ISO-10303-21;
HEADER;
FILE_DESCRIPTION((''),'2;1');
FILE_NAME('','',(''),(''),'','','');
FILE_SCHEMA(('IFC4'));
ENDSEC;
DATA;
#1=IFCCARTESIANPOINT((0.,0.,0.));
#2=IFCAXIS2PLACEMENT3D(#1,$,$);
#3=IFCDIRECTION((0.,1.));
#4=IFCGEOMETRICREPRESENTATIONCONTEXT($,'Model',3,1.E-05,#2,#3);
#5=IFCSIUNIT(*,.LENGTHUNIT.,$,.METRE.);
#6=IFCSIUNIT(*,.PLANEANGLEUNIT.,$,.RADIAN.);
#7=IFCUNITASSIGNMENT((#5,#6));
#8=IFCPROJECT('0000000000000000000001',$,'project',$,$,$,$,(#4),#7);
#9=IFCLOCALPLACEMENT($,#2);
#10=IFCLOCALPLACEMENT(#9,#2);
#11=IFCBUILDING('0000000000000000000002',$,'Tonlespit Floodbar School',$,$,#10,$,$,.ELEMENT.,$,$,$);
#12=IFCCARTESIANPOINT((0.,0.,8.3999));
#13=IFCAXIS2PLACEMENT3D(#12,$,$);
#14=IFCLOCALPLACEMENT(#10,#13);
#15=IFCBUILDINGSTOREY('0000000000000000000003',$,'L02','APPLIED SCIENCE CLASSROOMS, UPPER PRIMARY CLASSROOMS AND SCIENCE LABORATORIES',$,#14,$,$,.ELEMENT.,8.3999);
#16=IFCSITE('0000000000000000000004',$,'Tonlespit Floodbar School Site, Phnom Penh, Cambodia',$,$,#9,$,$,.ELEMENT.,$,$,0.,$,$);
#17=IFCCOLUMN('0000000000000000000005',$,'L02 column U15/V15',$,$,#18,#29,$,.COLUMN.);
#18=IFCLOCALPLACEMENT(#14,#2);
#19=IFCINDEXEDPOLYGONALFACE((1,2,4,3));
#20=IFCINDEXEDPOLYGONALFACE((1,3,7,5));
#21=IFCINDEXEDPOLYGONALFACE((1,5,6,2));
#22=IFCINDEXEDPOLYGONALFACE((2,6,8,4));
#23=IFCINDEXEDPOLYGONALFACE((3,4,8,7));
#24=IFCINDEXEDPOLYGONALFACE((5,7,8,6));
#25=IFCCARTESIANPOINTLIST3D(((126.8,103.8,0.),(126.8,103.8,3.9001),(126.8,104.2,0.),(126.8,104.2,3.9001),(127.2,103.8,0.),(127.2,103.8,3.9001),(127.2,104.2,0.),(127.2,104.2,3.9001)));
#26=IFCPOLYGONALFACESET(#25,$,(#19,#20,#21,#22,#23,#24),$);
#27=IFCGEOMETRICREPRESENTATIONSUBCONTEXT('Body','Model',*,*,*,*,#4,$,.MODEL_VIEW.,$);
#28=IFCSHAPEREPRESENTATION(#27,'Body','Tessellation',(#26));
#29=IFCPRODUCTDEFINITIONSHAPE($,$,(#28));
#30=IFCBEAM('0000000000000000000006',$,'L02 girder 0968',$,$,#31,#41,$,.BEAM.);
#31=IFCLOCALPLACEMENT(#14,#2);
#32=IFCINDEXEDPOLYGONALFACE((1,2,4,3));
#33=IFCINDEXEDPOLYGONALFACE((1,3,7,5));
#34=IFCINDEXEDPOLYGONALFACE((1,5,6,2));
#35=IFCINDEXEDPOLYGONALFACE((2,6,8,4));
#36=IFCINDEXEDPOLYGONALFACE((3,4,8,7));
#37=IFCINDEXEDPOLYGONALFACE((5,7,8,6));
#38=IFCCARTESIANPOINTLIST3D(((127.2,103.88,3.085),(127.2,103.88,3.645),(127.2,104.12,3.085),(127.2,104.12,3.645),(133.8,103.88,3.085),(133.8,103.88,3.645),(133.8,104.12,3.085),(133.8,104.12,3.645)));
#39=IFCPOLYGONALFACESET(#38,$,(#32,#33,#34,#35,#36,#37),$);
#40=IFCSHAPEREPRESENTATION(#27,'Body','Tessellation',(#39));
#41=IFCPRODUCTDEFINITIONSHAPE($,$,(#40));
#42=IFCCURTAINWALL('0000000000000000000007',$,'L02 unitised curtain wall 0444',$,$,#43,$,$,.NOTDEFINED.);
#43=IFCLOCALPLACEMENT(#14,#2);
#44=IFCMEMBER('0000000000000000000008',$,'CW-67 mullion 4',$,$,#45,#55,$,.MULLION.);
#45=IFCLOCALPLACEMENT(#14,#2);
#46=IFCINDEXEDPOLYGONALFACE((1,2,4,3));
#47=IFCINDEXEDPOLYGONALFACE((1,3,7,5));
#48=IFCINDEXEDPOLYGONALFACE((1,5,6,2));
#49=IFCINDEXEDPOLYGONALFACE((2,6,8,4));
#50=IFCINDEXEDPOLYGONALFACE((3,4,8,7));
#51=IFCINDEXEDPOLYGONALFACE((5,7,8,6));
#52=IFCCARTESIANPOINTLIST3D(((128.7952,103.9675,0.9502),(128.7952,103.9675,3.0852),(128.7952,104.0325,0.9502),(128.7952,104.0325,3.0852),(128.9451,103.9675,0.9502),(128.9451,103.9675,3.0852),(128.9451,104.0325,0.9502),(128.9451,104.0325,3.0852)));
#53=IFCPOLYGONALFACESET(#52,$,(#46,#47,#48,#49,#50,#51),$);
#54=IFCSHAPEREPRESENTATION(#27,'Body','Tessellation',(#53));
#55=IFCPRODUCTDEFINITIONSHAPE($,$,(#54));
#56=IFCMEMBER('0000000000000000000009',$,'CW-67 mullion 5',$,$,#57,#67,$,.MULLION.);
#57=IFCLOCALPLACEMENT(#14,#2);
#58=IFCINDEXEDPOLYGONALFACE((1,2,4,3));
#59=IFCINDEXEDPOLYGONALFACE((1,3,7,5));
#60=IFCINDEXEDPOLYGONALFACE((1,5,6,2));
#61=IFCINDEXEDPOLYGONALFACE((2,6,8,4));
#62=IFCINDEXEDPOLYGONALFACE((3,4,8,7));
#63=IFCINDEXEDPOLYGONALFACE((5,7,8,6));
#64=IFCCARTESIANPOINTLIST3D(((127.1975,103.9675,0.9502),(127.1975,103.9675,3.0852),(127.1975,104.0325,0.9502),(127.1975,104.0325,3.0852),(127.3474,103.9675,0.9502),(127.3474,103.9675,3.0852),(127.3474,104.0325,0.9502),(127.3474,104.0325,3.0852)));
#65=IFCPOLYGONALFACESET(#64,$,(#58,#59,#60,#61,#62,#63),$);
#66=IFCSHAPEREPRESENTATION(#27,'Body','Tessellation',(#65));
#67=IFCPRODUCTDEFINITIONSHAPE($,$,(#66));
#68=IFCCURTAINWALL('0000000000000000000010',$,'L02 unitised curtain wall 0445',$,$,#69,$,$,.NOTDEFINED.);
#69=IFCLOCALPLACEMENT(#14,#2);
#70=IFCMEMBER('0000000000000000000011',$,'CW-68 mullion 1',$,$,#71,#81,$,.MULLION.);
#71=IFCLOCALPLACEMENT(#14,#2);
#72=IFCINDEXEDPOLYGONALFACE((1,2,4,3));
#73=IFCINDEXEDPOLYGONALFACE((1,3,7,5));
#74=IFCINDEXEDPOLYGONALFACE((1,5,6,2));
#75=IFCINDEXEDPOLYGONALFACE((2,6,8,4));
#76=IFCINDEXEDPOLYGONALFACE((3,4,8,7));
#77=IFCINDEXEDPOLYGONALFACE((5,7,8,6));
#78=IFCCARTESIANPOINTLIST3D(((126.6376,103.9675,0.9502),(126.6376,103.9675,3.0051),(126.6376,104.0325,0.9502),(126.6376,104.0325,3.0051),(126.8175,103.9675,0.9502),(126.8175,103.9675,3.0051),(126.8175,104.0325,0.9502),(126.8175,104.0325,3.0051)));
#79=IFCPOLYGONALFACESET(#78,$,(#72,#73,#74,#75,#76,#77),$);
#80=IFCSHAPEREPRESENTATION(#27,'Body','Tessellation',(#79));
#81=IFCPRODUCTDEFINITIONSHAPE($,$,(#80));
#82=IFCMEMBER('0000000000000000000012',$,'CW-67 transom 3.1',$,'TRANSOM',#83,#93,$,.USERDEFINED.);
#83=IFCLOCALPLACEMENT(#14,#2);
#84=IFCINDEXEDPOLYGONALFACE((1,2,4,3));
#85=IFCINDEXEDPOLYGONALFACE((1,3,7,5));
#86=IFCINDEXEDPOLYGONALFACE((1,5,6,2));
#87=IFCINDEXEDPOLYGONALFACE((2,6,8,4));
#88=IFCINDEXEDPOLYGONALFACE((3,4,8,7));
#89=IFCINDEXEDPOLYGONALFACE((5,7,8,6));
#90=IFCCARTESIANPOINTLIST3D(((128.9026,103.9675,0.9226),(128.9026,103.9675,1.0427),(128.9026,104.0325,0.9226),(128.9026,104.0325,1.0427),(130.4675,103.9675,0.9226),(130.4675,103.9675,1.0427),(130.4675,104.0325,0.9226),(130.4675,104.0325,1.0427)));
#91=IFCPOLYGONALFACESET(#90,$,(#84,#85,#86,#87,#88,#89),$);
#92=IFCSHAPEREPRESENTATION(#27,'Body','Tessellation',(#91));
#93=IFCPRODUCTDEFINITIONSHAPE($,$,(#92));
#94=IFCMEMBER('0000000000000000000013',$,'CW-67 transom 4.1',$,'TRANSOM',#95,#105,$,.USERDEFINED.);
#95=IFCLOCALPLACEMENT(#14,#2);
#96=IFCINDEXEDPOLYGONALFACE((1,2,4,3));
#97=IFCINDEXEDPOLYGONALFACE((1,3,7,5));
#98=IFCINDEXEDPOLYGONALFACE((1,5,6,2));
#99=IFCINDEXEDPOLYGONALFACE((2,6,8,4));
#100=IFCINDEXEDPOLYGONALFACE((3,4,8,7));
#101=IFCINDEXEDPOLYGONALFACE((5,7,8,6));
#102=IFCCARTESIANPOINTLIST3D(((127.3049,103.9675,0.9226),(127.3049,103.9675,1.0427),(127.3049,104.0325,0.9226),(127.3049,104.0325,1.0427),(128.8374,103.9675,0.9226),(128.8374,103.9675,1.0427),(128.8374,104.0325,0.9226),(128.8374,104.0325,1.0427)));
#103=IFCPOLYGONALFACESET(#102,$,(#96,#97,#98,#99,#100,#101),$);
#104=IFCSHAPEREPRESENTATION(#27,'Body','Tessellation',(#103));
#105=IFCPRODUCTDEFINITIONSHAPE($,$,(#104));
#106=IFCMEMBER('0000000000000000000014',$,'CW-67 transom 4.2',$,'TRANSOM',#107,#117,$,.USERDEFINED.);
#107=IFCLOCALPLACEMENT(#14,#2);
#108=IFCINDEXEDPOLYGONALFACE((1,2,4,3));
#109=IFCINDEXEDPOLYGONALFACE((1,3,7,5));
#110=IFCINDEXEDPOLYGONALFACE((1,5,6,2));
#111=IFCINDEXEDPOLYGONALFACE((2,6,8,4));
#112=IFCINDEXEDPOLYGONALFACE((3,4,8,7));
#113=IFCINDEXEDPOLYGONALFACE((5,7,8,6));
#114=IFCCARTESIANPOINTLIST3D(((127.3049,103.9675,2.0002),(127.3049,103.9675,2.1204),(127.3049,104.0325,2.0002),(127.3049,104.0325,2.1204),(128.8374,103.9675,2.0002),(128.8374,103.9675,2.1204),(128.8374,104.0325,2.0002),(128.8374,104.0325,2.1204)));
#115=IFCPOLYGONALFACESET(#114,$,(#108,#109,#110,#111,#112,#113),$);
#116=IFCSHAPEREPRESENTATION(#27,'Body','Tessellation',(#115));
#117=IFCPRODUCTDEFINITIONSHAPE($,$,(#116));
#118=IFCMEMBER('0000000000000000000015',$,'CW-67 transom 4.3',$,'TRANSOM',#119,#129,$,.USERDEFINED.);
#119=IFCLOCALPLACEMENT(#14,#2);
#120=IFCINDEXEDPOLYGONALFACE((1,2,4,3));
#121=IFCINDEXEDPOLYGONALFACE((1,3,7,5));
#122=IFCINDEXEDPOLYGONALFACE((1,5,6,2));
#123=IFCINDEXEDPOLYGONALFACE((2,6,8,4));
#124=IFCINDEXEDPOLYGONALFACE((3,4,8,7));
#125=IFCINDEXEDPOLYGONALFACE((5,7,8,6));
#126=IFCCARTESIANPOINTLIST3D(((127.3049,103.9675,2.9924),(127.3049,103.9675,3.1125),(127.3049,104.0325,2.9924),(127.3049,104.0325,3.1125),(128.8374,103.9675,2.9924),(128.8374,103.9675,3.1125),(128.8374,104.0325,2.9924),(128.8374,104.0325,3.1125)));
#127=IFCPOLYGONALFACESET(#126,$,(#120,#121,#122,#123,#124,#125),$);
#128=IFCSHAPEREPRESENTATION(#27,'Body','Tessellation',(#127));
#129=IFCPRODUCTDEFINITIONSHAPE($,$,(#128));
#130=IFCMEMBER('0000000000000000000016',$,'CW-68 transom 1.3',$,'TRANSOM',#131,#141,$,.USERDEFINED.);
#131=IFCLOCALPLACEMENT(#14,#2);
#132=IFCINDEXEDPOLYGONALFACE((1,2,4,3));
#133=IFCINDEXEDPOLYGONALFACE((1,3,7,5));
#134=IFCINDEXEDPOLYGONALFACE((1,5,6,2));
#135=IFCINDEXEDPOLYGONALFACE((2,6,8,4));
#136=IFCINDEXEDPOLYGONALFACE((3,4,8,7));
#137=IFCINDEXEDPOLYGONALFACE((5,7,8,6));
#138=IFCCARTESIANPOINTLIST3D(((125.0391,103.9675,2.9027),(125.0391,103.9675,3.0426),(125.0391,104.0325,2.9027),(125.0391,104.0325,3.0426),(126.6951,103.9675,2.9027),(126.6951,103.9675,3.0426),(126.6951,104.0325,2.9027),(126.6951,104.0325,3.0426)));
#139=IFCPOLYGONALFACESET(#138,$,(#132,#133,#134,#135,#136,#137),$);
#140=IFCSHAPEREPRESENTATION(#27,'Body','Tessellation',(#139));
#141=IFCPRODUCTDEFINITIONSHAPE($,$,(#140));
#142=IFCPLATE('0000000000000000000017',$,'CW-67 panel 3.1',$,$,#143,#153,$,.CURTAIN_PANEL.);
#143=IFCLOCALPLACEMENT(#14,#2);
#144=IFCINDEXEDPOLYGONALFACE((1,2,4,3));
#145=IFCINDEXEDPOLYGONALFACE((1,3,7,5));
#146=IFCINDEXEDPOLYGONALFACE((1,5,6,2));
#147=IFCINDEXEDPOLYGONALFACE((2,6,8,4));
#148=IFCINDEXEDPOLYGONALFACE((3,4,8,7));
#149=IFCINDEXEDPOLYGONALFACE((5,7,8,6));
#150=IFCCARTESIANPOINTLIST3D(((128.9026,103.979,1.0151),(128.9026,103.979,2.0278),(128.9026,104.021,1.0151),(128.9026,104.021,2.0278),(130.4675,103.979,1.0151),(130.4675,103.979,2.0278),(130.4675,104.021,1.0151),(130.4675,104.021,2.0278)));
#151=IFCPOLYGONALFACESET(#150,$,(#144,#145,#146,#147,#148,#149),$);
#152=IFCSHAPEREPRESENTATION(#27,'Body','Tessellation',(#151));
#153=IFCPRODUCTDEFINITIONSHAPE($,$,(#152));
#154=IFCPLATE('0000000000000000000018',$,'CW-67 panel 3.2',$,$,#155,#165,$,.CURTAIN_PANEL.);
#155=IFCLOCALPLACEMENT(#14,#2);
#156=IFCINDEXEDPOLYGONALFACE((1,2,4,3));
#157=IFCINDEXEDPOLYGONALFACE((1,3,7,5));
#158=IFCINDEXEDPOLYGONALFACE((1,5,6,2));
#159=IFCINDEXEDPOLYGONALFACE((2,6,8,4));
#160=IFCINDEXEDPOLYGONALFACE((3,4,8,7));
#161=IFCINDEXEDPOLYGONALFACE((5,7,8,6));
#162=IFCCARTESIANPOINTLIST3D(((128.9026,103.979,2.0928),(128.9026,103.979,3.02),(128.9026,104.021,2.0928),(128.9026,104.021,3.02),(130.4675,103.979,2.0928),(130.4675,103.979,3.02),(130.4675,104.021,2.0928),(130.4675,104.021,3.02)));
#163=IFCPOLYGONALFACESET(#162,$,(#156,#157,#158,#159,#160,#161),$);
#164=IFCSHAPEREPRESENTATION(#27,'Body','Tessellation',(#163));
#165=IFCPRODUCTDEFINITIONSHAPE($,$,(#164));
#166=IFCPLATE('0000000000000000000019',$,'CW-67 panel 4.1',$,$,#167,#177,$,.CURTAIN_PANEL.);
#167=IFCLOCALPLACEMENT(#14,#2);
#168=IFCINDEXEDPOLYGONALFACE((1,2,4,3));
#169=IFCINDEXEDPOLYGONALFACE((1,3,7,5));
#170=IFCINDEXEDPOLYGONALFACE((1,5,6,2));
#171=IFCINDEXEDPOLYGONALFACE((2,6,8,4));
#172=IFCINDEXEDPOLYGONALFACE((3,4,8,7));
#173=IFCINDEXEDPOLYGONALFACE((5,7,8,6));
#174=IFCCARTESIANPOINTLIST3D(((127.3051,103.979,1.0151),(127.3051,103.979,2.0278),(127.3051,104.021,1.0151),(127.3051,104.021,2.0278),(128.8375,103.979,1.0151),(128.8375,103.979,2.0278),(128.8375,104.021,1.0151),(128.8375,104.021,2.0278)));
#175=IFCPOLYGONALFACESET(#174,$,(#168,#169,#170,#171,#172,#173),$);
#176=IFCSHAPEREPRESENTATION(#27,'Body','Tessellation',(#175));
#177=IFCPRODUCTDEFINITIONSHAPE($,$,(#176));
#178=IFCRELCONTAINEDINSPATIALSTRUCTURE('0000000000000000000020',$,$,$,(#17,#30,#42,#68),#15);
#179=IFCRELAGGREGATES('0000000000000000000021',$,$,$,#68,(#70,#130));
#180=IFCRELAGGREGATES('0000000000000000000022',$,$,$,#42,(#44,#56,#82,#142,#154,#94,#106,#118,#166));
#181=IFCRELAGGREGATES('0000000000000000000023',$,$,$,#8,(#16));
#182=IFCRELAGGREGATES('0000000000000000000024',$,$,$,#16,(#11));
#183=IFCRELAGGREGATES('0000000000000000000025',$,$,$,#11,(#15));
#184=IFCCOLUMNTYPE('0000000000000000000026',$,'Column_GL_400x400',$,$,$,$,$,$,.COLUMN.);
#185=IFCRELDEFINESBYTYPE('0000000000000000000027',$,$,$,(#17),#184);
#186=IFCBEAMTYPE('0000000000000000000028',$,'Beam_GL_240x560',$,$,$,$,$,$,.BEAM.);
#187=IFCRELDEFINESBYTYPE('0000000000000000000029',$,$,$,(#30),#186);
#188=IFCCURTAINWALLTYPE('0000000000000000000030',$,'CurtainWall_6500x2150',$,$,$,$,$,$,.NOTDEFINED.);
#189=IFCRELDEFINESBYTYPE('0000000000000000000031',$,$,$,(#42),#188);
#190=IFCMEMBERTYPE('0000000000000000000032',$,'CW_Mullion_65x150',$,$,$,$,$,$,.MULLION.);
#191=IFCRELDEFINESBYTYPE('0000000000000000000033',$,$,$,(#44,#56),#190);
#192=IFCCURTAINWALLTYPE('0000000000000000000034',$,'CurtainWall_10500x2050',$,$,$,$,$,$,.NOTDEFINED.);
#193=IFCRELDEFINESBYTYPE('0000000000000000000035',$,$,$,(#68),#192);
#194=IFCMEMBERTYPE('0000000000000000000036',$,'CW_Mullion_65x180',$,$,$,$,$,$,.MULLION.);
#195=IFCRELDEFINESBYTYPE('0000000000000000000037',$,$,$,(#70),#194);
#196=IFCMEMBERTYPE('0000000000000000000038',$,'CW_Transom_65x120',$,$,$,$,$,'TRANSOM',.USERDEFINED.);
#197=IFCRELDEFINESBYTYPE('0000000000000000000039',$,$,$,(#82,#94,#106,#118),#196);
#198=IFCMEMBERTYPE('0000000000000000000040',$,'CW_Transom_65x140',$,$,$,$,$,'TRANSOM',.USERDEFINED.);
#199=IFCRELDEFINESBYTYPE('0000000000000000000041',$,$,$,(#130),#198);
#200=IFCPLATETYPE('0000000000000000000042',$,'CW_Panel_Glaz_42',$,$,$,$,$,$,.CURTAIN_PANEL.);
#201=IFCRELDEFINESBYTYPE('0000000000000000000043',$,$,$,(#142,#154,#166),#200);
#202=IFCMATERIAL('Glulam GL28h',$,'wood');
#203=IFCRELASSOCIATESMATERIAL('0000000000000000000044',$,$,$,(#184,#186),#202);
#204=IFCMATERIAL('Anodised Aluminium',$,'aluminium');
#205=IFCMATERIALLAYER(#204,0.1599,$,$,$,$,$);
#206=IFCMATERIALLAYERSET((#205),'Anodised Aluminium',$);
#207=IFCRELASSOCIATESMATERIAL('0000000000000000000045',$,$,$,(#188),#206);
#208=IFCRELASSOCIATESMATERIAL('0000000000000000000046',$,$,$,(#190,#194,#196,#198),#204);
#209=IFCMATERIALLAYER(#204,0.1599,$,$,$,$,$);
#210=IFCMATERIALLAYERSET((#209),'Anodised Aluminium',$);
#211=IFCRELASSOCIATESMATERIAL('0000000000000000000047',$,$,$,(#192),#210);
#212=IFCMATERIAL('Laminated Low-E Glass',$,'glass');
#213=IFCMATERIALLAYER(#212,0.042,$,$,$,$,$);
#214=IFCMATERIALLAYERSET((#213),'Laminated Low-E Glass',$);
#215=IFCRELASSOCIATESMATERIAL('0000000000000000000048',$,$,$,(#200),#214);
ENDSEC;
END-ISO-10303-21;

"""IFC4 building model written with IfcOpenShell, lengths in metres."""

from ifc_helpers import new_model, si_unit, direction, frame, origin, origin_2d, place, context, subcontext, project, spatial, rectangle, extrude, material, layer, layer_set, material_profile, profile_set, type_object, element, aggregate, save


model = new_model("IFC4")

# Units and contexts
model_context = context("Model", 3, precision=1e-05, world=origin(), true_north=direction((0.0, 1.0)))
body_context = subcontext(model_context, "Body", "Model", "MODEL_VIEW")
ifc_project = project(units=[si_unit("LENGTHUNIT", "METRE"), si_unit("PLANEANGLEUNIT", "RADIAN")], contexts=[model_context])

# Site, building, storey
site_placement = place(None, origin())
site = spatial("IfcSite", under=ifc_project, at=site_placement, Name="Tonlespit Floodbar School Site, Phnom Penh, Cambodia", CompositionType="ELEMENT", RefElevation=0.0)
building_placement = place(site_placement, origin())
building = spatial("IfcBuilding", under=site, at=building_placement, Name="Tonlespit Floodbar School", CompositionType="ELEMENT")
storey_placement = place(building_placement, frame((0.0, 0.0, 8.3999)))
storey = spatial("IfcBuildingStorey", under=building, at=storey_placement, Name="L02", Description="APPLIED SCIENCE CLASSROOMS, UPPER PRIMARY CLASSROOMS AND SCIENCE LABORATORIES", CompositionType="ELEMENT", Elevation=8.3999)

# Column
ifc_material_1 = material(Name="Glulam GL28h", Category="wood")
ifc_material_profile_1 = material_profile(ifc_material_1, rectangle(XDim=0.3999, YDim=0.3999, at=origin_2d()), Name="GL 400x400")
ifc_profile_set_1 = profile_set([ifc_material_profile_1], Name="Glulam GL28h")
column_type = type_object("IfcColumnType", Name="Column_GL_400x400", PredefinedType="COLUMN", material=ifc_profile_set_1)
column_placement = place(storey_placement, frame((127.0, 104.0, 0.0), z_axis=(0.0, 0.0, 1.0), x_axis=(1.0, 0.0, 0.0)))
element("IfcColumn", 1, at=column_placement, inside=storey, type_object=column_type, Name="L02 column U15/V15", PredefinedType="COLUMN", context=body_context, shape_type="SweptSolid", body=[
    extrude(rectangle(XDim=0.3999, YDim=0.3999, at=origin_2d()), origin(), (0.0, 0.0, 1.0), 3.9001),
])

# Beam
ifc_material_profile_2 = material_profile(ifc_material_1, rectangle(XDim=0.24, YDim=0.5601, at=origin_2d()), Name="GL 240x560")
ifc_profile_set_2 = profile_set([ifc_material_profile_2], Name="Glulam GL28h")
beam_type = type_object("IfcBeamType", Name="Beam_GL_240x560", PredefinedType="BEAM", material=ifc_profile_set_2)
beam_placement = place(storey_placement, frame((127.2, 104.0, 3.365), z_axis=(1.0, 0.0, 0.0), x_axis=(0.0, 1.0, 0.0)))
element("IfcBeam", 2, at=beam_placement, inside=storey, type_object=beam_type, Name="L02 girder 0968", PredefinedType="BEAM", context=body_context, shape_type="SweptSolid", body=[
    extrude(rectangle(XDim=0.24, YDim=0.5601, at=origin_2d()), origin(), (0.0, 0.0, 1.0), 6.6001),
])

# Curtain wall, members
ifc_material_2 = material(Name="Anodised Aluminium", Category="aluminium")
ifc_layer_1 = layer(ifc_material_2, 0.1599)
ifc_layer_set_1 = layer_set([ifc_layer_1], Name="Anodised Aluminium")
curtain_wall_type_1 = type_object("IfcCurtainWallType", Name="CurtainWall_6500x2150", PredefinedType="NOTDEFINED", material=ifc_layer_set_1)
curtain_wall_1_placement = place(storey_placement, origin())
curtain_wall_1 = element("IfcCurtainWall", 3, at=curtain_wall_1_placement, inside=storey, type_object=curtain_wall_type_1, Name="L02 unitised curtain wall 0444", PredefinedType="NOTDEFINED")
ifc_material_profile_3 = material_profile(ifc_material_2, rectangle(XDim=0.0649, YDim=0.1499, at=origin_2d()), Name="ALU M65x150")
ifc_profile_set_3 = profile_set([ifc_material_profile_3], Name="Anodised Aluminium")
member_type_1 = type_object("IfcMemberType", Name="CW_Mullion_65x150", PredefinedType="MULLION", material=ifc_profile_set_3)
member_1_placement = place(storey_placement, frame((128.8701, 104.0, 0.9502), z_axis=(0.0, 0.0, 1.0), x_axis=(0.0, -1.0, 0.0)))
member_1 = element("IfcMember", 4, at=member_1_placement, type_object=member_type_1, Name="CW-67 mullion 4", PredefinedType="MULLION", context=body_context, shape_type="SweptSolid", body=[
    extrude(rectangle(XDim=0.0649, YDim=0.1499, at=origin_2d()), origin(), (0.0, 0.0, 1.0), 2.135),
])
member_2_placement = place(storey_placement, frame((127.2725, 104.0, 0.9502), z_axis=(0.0, 0.0, 1.0), x_axis=(0.0, -1.0, 0.0)))
member_2 = element("IfcMember", 5, at=member_2_placement, type_object=member_type_1, Name="CW-67 mullion 5", PredefinedType="MULLION", context=body_context, shape_type="SweptSolid", body=[
    extrude(rectangle(XDim=0.0649, YDim=0.1499, at=origin_2d()), origin(), (0.0, 0.0, 1.0), 2.135),
])

# Curtain wall, member
ifc_layer_2 = layer(ifc_material_2, 0.1599)
ifc_layer_set_2 = layer_set([ifc_layer_2], Name="Anodised Aluminium")
curtain_wall_type_2 = type_object("IfcCurtainWallType", Name="CurtainWall_10500x2050", PredefinedType="NOTDEFINED", material=ifc_layer_set_2)
curtain_wall_2_placement = place(storey_placement, origin())
curtain_wall_2 = element("IfcCurtainWall", 6, at=curtain_wall_2_placement, inside=storey, type_object=curtain_wall_type_2, Name="L02 unitised curtain wall 0445", PredefinedType="NOTDEFINED")
ifc_material_profile_4 = material_profile(ifc_material_2, rectangle(XDim=0.0649, YDim=0.1799, at=origin_2d()), Name="ALU M65x180")
ifc_profile_set_4 = profile_set([ifc_material_profile_4], Name="Anodised Aluminium")
member_type_2 = type_object("IfcMemberType", Name="CW_Mullion_65x180", PredefinedType="MULLION", material=ifc_profile_set_4)
member_3_placement = place(storey_placement, frame((126.7275, 104.0, 0.9502), z_axis=(0.0, 0.0, 1.0), x_axis=(0.0, -1.0, 0.0)))
member_3 = element("IfcMember", 7, at=member_3_placement, type_object=member_type_2, Name="CW-68 mullion 1", PredefinedType="MULLION", context=body_context, shape_type="SweptSolid", body=[
    extrude(rectangle(XDim=0.0649, YDim=0.1799, at=origin_2d()), origin(), (0.0, 0.0, 1.0), 2.0549),
])

# Members
ifc_material_profile_5 = material_profile(ifc_material_2, rectangle(XDim=0.0649, YDim=0.1201, at=origin_2d()), Name="ALU T65x120")
ifc_profile_set_5 = profile_set([ifc_material_profile_5], Name="Anodised Aluminium")
member_type_3 = type_object("IfcMemberType", Name="CW_Transom_65x120", ElementType="TRANSOM", PredefinedType="USERDEFINED", material=ifc_profile_set_5)
member_4_placement = place(storey_placement, frame((130.4675, 104.0, 0.9827), z_axis=(-1.0, 0.0, 0.0), x_axis=(0.0, -1.0, 0.0)))
member_4 = element("IfcMember", 8, at=member_4_placement, type_object=member_type_3, Name="CW-67 transom 3.1", ObjectType="TRANSOM", PredefinedType="USERDEFINED", context=body_context, shape_type="SweptSolid", body=[
    extrude(rectangle(XDim=0.0649, YDim=0.1201, at=origin_2d()), origin(), (0.0, 0.0, 1.0), 1.5649),
])
member_5_placement = place(storey_placement, frame((128.8374, 104.0, 0.9827), z_axis=(-1.0, 0.0, 0.0), x_axis=(0.0, -1.0, 0.0)))
member_5 = element("IfcMember", 9, at=member_5_placement, type_object=member_type_3, Name="CW-67 transom 4.1", ObjectType="TRANSOM", PredefinedType="USERDEFINED", context=body_context, shape_type="SweptSolid", body=[
    extrude(rectangle(XDim=0.0649, YDim=0.1201, at=origin_2d()), origin(), (0.0, 0.0, 1.0), 1.5325),
])
member_6_placement = place(storey_placement, frame((128.8374, 104.0, 2.0603), z_axis=(-1.0, 0.0, 0.0), x_axis=(0.0, -1.0, 0.0)))
member_6 = element("IfcMember", 10, at=member_6_placement, type_object=member_type_3, Name="CW-67 transom 4.2", ObjectType="TRANSOM", PredefinedType="USERDEFINED", context=body_context, shape_type="SweptSolid", body=[
    extrude(rectangle(XDim=0.0649, YDim=0.1201, at=origin_2d()), origin(), (0.0, 0.0, 1.0), 1.5325),
])
member_7_placement = place(storey_placement, frame((128.8374, 104.0, 3.0525), z_axis=(-1.0, 0.0, 0.0), x_axis=(0.0, -1.0, 0.0)))
member_7 = element("IfcMember", 11, at=member_7_placement, type_object=member_type_3, Name="CW-67 transom 4.3", ObjectType="TRANSOM", PredefinedType="USERDEFINED", context=body_context, shape_type="SweptSolid", body=[
    extrude(rectangle(XDim=0.0649, YDim=0.1201, at=origin_2d()), origin(), (0.0, 0.0, 1.0), 1.5325),
])
ifc_material_profile_6 = material_profile(ifc_material_2, rectangle(XDim=0.0649, YDim=0.1399, at=origin_2d()), Name="ALU T65x140")
ifc_profile_set_6 = profile_set([ifc_material_profile_6], Name="Anodised Aluminium")
member_type_4 = type_object("IfcMemberType", Name="CW_Transom_65x140", ElementType="TRANSOM", PredefinedType="USERDEFINED", material=ifc_profile_set_6)
member_8_placement = place(storey_placement, frame((126.6951, 104.0, 2.9727), z_axis=(-1.0, 0.0, 0.0), x_axis=(0.0, -1.0, 0.0)))
member_8 = element("IfcMember", 12, at=member_8_placement, type_object=member_type_4, Name="CW-68 transom 1.3", ObjectType="TRANSOM", PredefinedType="USERDEFINED", context=body_context, shape_type="SweptSolid", body=[
    extrude(rectangle(XDim=0.0649, YDim=0.1399, at=origin_2d()), origin(), (0.0, 0.0, 1.0), 1.656),
])
aggregate(curtain_wall_2, [member_3, member_8])

# Plates
ifc_material_3 = material(Name="Laminated Low-E Glass", Category="glass")
ifc_layer_3 = layer(ifc_material_3, 0.042)
ifc_layer_set_3 = layer_set([ifc_layer_3], Name="Laminated Low-E Glass")
plate_type = type_object("IfcPlateType", Name="CW_Panel_Glaz_42", PredefinedType="CURTAIN_PANEL", material=ifc_layer_set_3)
plate_1_placement = place(storey_placement, frame((129.6851, 104.0, 1.0151), z_axis=(0.0, 0.0, 1.0), x_axis=(-1.0, 0.0, 0.0)))
plate_1 = element("IfcPlate", 13, at=plate_1_placement, type_object=plate_type, Name="CW-67 panel 3.1", PredefinedType="CURTAIN_PANEL", context=body_context, shape_type="SweptSolid", body=[
    extrude(rectangle(XDim=1.5649, YDim=0.042, at=origin_2d()), origin(), (0.0, 0.0, 1.0), 1.0127),
])
plate_2_placement = place(storey_placement, frame((129.6851, 104.0, 2.0928), z_axis=(0.0, 0.0, 1.0), x_axis=(-1.0, 0.0, 0.0)))
plate_2 = element("IfcPlate", 14, at=plate_2_placement, type_object=plate_type, Name="CW-67 panel 3.2", PredefinedType="CURTAIN_PANEL", context=body_context, shape_type="SweptSolid", body=[
    extrude(rectangle(XDim=1.5649, YDim=0.042, at=origin_2d()), origin(), (0.0, 0.0, 1.0), 0.9272),
])
plate_3_placement = place(storey_placement, frame((128.0713, 104.0, 1.0151), z_axis=(0.0, 0.0, 1.0), x_axis=(-1.0, 0.0, 0.0)))
plate_3 = element("IfcPlate", 15, at=plate_3_placement, type_object=plate_type, Name="CW-67 panel 4.1", PredefinedType="CURTAIN_PANEL", context=body_context, shape_type="SweptSolid", body=[
    extrude(rectangle(XDim=1.5325, YDim=0.042, at=origin_2d()), origin(), (0.0, 0.0, 1.0), 1.0127),
])
aggregate(curtain_wall_1, [member_1, member_2, member_4, plate_1, plate_2, member_5, member_6, member_7, plate_3])

save(model, "model.ifc")
